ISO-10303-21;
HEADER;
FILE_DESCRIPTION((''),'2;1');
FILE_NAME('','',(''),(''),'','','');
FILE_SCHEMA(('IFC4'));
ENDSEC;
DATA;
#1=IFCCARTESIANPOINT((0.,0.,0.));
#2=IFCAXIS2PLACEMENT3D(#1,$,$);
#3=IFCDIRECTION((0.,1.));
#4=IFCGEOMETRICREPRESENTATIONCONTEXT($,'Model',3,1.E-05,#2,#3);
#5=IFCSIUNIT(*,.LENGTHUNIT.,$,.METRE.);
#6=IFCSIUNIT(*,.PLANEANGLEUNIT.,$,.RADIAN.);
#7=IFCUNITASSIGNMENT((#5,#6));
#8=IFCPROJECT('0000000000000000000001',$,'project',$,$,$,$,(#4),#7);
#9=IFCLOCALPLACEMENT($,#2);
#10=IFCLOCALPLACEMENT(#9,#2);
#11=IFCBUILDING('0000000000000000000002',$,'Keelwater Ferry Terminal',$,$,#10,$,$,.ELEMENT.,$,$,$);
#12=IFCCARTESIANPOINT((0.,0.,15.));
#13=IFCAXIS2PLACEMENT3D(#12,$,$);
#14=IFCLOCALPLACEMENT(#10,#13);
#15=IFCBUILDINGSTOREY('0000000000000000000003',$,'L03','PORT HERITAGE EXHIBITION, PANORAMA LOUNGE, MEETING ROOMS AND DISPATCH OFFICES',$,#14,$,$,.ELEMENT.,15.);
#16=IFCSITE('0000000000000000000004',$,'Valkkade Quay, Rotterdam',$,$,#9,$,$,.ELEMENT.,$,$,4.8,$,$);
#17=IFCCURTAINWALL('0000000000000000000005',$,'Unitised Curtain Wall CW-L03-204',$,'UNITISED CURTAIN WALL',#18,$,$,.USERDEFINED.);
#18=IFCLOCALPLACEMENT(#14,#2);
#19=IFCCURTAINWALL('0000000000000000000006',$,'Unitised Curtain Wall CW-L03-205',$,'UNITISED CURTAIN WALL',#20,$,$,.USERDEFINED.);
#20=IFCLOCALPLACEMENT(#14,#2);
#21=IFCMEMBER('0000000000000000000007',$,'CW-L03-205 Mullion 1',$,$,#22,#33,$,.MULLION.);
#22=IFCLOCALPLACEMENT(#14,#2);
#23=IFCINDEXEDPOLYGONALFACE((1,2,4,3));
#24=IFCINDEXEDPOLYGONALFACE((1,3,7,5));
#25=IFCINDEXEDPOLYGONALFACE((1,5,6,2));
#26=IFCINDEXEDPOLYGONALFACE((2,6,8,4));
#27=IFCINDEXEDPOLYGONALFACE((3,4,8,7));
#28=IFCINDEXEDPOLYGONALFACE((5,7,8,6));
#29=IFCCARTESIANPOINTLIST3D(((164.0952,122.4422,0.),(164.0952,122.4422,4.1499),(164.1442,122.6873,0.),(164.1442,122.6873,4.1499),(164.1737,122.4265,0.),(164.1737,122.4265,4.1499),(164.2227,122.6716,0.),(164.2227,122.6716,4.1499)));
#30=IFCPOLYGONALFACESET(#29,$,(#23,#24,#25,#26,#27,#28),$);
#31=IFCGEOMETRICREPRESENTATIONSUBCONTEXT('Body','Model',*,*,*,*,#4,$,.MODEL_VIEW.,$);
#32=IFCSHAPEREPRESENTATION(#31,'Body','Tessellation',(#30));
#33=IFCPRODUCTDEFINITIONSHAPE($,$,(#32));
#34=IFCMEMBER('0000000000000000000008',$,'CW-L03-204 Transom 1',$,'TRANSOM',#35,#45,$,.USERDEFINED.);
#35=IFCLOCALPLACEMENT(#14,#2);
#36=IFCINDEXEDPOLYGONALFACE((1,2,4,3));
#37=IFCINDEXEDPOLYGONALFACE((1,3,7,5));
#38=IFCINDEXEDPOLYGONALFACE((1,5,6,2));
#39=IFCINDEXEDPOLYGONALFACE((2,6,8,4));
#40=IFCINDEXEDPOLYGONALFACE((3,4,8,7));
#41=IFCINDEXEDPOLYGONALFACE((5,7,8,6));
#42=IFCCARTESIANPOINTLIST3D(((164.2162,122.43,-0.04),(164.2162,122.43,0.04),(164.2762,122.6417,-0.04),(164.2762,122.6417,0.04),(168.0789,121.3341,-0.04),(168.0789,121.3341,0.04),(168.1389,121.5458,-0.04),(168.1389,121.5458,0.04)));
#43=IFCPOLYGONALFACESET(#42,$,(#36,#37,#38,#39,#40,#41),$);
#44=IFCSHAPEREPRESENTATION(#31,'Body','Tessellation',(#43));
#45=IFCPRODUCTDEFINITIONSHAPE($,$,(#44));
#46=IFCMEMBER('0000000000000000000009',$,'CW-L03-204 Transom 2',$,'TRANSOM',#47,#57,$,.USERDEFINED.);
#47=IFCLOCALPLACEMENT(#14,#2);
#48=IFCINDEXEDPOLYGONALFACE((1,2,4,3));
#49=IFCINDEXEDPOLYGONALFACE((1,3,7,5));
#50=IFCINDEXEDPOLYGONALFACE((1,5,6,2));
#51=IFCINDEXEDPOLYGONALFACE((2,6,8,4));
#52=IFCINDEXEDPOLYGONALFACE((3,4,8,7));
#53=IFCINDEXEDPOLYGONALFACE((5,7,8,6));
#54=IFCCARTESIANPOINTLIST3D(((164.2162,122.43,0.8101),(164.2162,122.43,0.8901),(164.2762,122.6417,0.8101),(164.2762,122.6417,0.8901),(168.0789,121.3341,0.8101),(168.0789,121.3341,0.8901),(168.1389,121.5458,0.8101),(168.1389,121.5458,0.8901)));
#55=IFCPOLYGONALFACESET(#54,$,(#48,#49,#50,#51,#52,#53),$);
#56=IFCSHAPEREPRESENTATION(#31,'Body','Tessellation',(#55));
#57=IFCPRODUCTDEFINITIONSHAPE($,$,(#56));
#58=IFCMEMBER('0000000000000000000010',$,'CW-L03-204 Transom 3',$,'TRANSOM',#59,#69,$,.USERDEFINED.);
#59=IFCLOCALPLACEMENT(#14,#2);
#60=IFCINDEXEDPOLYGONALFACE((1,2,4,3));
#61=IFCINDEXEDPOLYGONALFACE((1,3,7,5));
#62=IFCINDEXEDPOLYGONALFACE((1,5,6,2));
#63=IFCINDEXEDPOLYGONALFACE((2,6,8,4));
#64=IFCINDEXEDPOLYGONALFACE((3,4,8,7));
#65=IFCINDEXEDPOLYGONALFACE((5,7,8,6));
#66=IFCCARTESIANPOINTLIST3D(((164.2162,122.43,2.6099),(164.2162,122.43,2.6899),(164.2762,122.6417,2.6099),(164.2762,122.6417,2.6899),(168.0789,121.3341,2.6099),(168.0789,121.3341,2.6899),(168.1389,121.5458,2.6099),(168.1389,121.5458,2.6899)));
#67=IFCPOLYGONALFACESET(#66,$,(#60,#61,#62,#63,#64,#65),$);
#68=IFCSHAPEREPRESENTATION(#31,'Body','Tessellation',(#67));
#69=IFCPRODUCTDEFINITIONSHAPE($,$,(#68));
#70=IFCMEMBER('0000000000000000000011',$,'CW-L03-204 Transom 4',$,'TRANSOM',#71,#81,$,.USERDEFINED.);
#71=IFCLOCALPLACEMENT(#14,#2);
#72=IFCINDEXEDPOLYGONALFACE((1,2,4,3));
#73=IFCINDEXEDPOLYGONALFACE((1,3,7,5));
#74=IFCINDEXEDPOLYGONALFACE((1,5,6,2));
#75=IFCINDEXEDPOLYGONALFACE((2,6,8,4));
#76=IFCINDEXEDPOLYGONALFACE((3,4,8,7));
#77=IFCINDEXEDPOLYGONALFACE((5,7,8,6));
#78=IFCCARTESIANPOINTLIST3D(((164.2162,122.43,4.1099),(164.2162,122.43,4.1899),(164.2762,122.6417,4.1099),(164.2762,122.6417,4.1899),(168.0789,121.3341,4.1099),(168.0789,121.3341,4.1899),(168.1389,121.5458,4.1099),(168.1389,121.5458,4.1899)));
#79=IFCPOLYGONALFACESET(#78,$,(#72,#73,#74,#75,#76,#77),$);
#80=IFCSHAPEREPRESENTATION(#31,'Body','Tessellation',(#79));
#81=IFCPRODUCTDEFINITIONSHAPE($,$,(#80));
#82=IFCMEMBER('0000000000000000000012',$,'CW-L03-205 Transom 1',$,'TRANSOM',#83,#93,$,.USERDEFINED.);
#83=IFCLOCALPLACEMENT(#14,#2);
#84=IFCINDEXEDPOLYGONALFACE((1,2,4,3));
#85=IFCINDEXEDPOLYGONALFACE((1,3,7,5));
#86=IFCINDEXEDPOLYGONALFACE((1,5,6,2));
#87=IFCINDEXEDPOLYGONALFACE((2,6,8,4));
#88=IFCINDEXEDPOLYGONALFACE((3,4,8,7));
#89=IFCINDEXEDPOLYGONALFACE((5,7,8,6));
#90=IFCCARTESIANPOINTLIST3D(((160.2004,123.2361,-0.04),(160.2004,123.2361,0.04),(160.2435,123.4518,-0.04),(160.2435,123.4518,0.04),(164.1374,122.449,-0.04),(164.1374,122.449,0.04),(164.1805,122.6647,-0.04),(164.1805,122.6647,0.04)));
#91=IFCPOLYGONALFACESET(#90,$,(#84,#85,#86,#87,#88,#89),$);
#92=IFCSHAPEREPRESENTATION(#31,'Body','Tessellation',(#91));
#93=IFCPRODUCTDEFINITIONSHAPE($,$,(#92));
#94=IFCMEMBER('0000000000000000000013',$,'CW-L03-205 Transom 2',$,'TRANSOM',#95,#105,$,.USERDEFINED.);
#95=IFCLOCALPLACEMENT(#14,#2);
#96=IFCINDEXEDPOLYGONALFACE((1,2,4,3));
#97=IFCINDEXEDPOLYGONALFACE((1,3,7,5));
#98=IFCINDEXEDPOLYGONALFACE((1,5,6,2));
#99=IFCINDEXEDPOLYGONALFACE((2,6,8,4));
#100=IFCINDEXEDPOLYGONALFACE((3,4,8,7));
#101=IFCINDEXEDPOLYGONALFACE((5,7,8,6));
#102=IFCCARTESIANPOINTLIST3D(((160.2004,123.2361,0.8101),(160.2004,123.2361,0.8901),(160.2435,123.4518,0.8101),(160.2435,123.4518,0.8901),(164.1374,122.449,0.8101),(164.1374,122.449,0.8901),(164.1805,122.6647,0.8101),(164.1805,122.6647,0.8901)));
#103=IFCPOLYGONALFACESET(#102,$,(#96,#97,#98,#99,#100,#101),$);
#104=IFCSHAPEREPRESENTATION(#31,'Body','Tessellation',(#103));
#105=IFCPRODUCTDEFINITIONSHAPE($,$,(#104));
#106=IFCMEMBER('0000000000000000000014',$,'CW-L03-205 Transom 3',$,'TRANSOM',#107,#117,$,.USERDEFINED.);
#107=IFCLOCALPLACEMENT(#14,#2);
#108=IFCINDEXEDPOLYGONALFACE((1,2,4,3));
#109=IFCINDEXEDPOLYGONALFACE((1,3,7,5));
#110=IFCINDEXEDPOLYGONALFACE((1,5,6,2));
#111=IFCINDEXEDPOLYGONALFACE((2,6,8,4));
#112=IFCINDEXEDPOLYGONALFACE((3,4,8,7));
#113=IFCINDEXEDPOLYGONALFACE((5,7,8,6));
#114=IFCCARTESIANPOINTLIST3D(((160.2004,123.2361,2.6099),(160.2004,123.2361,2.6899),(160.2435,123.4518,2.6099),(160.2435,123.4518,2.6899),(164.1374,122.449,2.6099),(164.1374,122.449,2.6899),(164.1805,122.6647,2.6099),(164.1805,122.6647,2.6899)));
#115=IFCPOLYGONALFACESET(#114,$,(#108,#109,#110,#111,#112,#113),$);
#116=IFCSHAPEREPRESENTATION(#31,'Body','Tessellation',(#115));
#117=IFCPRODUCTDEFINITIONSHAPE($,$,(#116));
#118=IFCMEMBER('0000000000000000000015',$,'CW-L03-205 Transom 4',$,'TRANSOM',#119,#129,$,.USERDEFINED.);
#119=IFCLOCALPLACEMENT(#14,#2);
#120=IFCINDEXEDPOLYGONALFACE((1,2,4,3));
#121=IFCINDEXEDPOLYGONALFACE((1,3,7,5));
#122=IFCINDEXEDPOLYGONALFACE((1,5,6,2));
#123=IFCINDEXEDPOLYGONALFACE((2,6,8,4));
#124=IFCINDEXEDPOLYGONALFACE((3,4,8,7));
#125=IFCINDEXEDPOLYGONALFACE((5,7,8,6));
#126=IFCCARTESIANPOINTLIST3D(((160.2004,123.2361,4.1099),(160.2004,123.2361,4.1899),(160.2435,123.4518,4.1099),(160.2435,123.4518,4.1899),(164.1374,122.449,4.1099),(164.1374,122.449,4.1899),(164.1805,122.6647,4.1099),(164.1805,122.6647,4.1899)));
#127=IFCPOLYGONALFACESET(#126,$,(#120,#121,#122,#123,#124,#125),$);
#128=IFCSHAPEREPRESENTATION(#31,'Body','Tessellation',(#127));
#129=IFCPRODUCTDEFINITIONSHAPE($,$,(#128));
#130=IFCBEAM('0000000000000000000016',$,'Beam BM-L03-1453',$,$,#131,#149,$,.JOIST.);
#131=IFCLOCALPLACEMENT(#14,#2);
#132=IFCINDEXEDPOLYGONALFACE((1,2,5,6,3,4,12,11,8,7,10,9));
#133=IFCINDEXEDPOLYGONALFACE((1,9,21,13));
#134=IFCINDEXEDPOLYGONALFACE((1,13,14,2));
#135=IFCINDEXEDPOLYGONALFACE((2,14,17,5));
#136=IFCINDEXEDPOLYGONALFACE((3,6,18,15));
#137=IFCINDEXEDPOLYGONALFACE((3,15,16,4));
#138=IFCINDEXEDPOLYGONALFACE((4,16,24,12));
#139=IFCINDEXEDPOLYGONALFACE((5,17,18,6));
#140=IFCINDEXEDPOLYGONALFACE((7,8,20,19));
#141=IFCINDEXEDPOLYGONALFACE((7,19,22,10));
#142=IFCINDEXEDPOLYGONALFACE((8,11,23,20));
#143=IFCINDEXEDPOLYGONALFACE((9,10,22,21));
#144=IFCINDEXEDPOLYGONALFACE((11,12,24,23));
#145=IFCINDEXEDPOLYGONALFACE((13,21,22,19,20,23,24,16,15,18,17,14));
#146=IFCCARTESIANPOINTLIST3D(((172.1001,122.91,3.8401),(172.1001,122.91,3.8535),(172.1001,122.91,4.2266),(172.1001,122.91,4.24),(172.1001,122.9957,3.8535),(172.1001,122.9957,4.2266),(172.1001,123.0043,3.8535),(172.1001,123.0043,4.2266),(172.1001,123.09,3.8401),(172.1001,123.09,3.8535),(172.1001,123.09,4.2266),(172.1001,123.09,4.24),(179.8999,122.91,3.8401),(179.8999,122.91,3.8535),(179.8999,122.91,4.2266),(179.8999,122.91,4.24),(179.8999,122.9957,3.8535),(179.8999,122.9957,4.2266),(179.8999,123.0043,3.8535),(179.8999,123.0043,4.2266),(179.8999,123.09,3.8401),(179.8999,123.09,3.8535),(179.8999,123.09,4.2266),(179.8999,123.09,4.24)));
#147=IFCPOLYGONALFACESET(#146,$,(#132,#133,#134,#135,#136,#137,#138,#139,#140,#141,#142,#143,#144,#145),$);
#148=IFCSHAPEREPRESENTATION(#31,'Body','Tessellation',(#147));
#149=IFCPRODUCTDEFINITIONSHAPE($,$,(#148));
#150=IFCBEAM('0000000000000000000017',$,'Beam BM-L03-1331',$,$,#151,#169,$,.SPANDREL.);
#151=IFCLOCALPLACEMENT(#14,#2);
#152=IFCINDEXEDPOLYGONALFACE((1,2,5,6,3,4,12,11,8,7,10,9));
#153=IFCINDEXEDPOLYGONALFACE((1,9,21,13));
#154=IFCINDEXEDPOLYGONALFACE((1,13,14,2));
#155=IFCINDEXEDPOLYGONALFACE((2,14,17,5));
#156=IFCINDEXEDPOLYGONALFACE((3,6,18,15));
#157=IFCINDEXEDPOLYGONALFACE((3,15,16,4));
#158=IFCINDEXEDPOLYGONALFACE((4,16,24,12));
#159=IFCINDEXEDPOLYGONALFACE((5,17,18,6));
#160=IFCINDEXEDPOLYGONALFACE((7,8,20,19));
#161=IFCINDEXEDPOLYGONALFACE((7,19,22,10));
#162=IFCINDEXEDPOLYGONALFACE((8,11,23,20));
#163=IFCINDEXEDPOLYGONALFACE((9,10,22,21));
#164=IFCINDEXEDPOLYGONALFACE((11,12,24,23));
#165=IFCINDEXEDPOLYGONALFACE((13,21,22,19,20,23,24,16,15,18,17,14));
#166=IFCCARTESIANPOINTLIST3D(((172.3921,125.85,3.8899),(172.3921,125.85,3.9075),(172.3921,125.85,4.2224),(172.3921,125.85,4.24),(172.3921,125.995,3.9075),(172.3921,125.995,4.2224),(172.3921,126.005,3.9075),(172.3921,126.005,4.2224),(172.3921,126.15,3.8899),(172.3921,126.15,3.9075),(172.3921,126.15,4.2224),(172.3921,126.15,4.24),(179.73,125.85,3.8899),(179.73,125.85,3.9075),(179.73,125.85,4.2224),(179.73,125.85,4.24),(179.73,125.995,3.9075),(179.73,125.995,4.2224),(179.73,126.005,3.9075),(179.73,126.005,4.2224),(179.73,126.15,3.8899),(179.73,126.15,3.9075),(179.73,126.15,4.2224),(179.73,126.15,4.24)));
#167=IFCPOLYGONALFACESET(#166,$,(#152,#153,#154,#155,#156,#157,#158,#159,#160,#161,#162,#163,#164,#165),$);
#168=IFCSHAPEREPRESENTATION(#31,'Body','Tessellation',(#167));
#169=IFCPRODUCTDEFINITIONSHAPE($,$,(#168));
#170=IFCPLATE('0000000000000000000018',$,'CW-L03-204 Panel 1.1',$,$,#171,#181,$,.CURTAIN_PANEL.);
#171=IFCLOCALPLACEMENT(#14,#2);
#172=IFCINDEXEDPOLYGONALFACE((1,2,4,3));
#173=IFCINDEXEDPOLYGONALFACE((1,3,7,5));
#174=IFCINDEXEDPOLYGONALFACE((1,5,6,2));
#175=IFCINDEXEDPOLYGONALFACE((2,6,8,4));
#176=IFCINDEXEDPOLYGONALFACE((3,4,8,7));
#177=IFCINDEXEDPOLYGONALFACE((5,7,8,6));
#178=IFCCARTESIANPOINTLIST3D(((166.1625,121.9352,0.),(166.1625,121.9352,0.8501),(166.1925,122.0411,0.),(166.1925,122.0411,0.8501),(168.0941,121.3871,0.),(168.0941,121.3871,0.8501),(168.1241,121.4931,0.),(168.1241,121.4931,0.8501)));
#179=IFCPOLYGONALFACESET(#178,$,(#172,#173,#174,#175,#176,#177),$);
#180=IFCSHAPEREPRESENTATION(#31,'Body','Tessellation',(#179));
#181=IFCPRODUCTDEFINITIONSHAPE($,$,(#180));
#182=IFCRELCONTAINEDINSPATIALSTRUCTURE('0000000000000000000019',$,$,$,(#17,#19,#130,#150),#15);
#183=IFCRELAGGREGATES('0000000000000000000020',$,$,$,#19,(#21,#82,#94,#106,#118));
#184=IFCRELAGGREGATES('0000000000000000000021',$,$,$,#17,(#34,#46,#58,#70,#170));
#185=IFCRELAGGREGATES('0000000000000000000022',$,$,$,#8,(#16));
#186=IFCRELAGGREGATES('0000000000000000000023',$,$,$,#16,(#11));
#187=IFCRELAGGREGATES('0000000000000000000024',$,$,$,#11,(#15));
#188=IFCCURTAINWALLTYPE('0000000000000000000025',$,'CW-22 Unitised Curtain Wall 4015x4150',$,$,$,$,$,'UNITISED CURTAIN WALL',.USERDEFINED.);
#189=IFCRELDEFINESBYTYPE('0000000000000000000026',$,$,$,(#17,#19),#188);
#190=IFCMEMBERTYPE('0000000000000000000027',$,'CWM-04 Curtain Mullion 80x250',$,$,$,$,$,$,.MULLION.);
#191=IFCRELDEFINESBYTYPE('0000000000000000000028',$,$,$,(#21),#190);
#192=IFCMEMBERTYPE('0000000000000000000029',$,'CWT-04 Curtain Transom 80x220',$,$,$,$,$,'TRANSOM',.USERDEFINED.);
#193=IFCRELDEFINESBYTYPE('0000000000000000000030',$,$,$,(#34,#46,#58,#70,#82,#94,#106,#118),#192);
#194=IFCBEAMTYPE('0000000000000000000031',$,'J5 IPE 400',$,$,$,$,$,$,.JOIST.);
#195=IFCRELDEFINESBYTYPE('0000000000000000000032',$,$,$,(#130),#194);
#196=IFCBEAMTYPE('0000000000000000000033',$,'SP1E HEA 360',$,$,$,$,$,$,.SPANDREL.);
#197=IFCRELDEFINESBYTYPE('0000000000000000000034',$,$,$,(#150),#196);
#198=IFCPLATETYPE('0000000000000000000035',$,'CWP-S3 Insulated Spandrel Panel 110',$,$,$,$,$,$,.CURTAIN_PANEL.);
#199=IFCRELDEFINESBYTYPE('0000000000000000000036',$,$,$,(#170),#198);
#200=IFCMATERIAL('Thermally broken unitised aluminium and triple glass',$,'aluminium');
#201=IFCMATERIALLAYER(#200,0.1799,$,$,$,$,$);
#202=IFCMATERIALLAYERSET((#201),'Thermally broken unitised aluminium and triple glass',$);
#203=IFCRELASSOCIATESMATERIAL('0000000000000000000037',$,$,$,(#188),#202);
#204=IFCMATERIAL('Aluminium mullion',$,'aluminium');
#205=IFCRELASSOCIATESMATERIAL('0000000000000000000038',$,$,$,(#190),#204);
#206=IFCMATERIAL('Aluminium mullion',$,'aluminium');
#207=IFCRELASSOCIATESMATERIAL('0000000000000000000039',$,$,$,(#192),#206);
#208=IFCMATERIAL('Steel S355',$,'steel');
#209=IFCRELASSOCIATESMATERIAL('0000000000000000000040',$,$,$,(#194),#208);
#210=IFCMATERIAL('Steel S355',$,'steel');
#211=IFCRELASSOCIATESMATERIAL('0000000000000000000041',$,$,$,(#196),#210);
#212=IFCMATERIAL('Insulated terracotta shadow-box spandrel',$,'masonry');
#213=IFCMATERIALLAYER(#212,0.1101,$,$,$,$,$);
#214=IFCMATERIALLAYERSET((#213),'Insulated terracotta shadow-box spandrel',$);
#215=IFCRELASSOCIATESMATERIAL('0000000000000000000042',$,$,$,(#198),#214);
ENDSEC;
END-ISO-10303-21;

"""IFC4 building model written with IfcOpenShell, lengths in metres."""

from ifc_helpers import new_model, si_unit, direction, frame, origin, origin_2d, place, context, subcontext, project, spatial, rectangle, i_section, extrude, material, layer, layer_set, material_profile, profile_set, type_object, element, aggregate, save


model = new_model("IFC4")

# Units and contexts
model_context = context("Model", 3, precision=1e-05, world=origin(), true_north=direction((0.0, 1.0)))
body_context = subcontext(model_context, "Body", "Model", "MODEL_VIEW")
ifc_project = project(units=[si_unit("LENGTHUNIT", "METRE"), si_unit("PLANEANGLEUNIT", "RADIAN")], contexts=[model_context])

# Site, building, storey
site_placement = place(None, origin())
site = spatial("IfcSite", under=ifc_project, at=site_placement, Name="Valkkade Quay, Rotterdam", CompositionType="ELEMENT", RefElevation=4.8)
building_placement = place(site_placement, origin())
building = spatial("IfcBuilding", under=site, at=building_placement, Name="Keelwater Ferry Terminal", CompositionType="ELEMENT")
storey_placement = place(building_placement, frame((0.0, 0.0, 15.0)))
storey = spatial("IfcBuildingStorey", under=building, at=storey_placement, Name="L03", Description="PORT HERITAGE EXHIBITION, PANORAMA LOUNGE, MEETING ROOMS AND DISPATCH OFFICES", CompositionType="ELEMENT", Elevation=15.0)

# Shared definitions
ifc_material_1 = material(Name="Thermally broken unitised aluminium and triple glass", Category="aluminium")
ifc_layer_1 = layer(ifc_material_1, 0.1799)
ifc_layer_set_1 = layer_set([ifc_layer_1], Name="Thermally broken unitised aluminium and triple glass")
curtain_wall_type = type_object("IfcCurtainWallType", Name="CW-22 Unitised Curtain Wall 4015x4150", ElementType="UNITISED CURTAIN WALL", PredefinedType="USERDEFINED", material=ifc_layer_set_1)
ifc_material_2 = material(Name="Aluminium mullion", Category="aluminium")
ifc_material_profile_1 = material_profile(ifc_material_2, rectangle(XDim=0.0801, YDim=0.25, at=origin_2d()), Name="CWM-04")
ifc_profile_set_1 = profile_set([ifc_material_profile_1], Name="Aluminium mullion")
member_type_1 = type_object("IfcMemberType", Name="CWM-04 Curtain Mullion 80x250", PredefinedType="MULLION", material=ifc_profile_set_1)

# Curtain wall
curtain_wall_1_placement = place(storey_placement, origin())
curtain_wall_1 = element("IfcCurtainWall", 1, at=curtain_wall_1_placement, inside=storey, type_object=curtain_wall_type, Name="Unitised Curtain Wall CW-L03-204", ObjectType="UNITISED CURTAIN WALL", PredefinedType="USERDEFINED")

# Curtain wall, member
curtain_wall_2_placement = place(storey_placement, origin())
curtain_wall_2 = element("IfcCurtainWall", 2, at=curtain_wall_2_placement, inside=storey, type_object=curtain_wall_type, Name="Unitised Curtain Wall CW-L03-205", ObjectType="UNITISED CURTAIN WALL", PredefinedType="USERDEFINED")
member_1_placement = place(storey_placement, frame((164.1589, 122.5569, 0.0), z_axis=(0.0, 0.0, 1.0), x_axis=(-0.9806, 0.19602, 0.0)))
member_1 = element("IfcMember", 3, at=member_1_placement, type_object=member_type_1, Name="CW-L03-205 Mullion 1", PredefinedType="MULLION", context=body_context, shape_type="SweptSolid", body=[
    extrude(rectangle(XDim=0.0801, YDim=0.25, at=origin_2d()), origin(), (0.0, 0.0, 1.0), 4.1499),
])

# Members
ifc_material_3 = material(Name="Aluminium mullion", Category="aluminium")
ifc_material_profile_2 = material_profile(ifc_material_3, rectangle(XDim=0.22, YDim=0.0801, at=origin_2d()), Name="CWT-04")
ifc_profile_set_2 = profile_set([ifc_material_profile_2], Name="Aluminium mullion")
member_type_2 = type_object("IfcMemberType", Name="CWT-04 Curtain Transom 80x220", ElementType="TRANSOM", PredefinedType="USERDEFINED", material=ifc_profile_set_2)
member_2_placement = place(storey_placement, frame((168.1089, 121.4399, 0.0), z_axis=(-0.962029, 0.272946, 0.0), x_axis=(-0.272946, -0.962029, 0.0)))
member_2 = element("IfcMember", 4, at=member_2_placement, type_object=member_type_2, Name="CW-L03-204 Transom 1", ObjectType="TRANSOM", PredefinedType="USERDEFINED", context=body_context, shape_type="SweptSolid", body=[
    extrude(rectangle(XDim=0.22, YDim=0.0801, at=origin_2d()), origin(), (0.0, 0.0, 1.0), 4.0151),
])
member_3_placement = place(storey_placement, frame((168.1089, 121.4399, 0.8501), z_axis=(-0.962029, 0.272946, 0.0), x_axis=(-0.272946, -0.962029, 0.0)))
member_3 = element("IfcMember", 5, at=member_3_placement, type_object=member_type_2, Name="CW-L03-204 Transom 2", ObjectType="TRANSOM", PredefinedType="USERDEFINED", context=body_context, shape_type="SweptSolid", body=[
    extrude(rectangle(XDim=0.22, YDim=0.0801, at=origin_2d()), origin(), (0.0, 0.0, 1.0), 4.0151),
])
member_4_placement = place(storey_placement, frame((168.1089, 121.4399, 2.6499), z_axis=(-0.962029, 0.272946, 0.0), x_axis=(-0.272946, -0.962029, 0.0)))
member_4 = element("IfcMember", 6, at=member_4_placement, type_object=member_type_2, Name="CW-L03-204 Transom 3", ObjectType="TRANSOM", PredefinedType="USERDEFINED", context=body_context, shape_type="SweptSolid", body=[
    extrude(rectangle(XDim=0.22, YDim=0.0801, at=origin_2d()), origin(), (0.0, 0.0, 1.0), 4.0151),
])
member_5_placement = place(storey_placement, frame((168.1089, 121.4399, 4.1499), z_axis=(-0.962029, 0.272946, 0.0), x_axis=(-0.272946, -0.962029, 0.0)))
member_5 = element("IfcMember", 7, at=member_5_placement, type_object=member_type_2, Name="CW-L03-204 Transom 4", ObjectType="TRANSOM", PredefinedType="USERDEFINED", context=body_context, shape_type="SweptSolid", body=[
    extrude(rectangle(XDim=0.22, YDim=0.0801, at=origin_2d()), origin(), (0.0, 0.0, 1.0), 4.0151),
])
member_6_placement = place(storey_placement, frame((164.1589, 122.5569, 0.0), z_axis=(-0.980595, 0.196046, 0.0), x_axis=(-0.196046, -0.980595, 0.0)))
member_6 = element("IfcMember", 8, at=member_6_placement, type_object=member_type_2, Name="CW-L03-205 Transom 1", ObjectType="TRANSOM", PredefinedType="USERDEFINED", context=body_context, shape_type="SweptSolid", body=[
    extrude(rectangle(XDim=0.22, YDim=0.0801, at=origin_2d()), origin(), (0.0, 0.0, 1.0), 4.0149),
])
member_7_placement = place(storey_placement, frame((164.1589, 122.5569, 0.8501), z_axis=(-0.980595, 0.196046, 0.0), x_axis=(-0.196046, -0.980595, 0.0)))
member_7 = element("IfcMember", 9, at=member_7_placement, type_object=member_type_2, Name="CW-L03-205 Transom 2", ObjectType="TRANSOM", PredefinedType="USERDEFINED", context=body_context, shape_type="SweptSolid", body=[
    extrude(rectangle(XDim=0.22, YDim=0.0801, at=origin_2d()), origin(), (0.0, 0.0, 1.0), 4.0149),
])
member_8_placement = place(storey_placement, frame((164.1589, 122.5569, 2.6499), z_axis=(-0.980595, 0.196046, 0.0), x_axis=(-0.196046, -0.980595, 0.0)))
member_8 = element("IfcMember", 10, at=member_8_placement, type_object=member_type_2, Name="CW-L03-205 Transom 3", ObjectType="TRANSOM", PredefinedType="USERDEFINED", context=body_context, shape_type="SweptSolid", body=[
    extrude(rectangle(XDim=0.22, YDim=0.0801, at=origin_2d()), origin(), (0.0, 0.0, 1.0), 4.0149),
])
member_9_placement = place(storey_placement, frame((164.1589, 122.5569, 4.1499), z_axis=(-0.980595, 0.196046, 0.0), x_axis=(-0.196046, -0.980595, 0.0)))
member_9 = element("IfcMember", 11, at=member_9_placement, type_object=member_type_2, Name="CW-L03-205 Transom 4", ObjectType="TRANSOM", PredefinedType="USERDEFINED", context=body_context, shape_type="SweptSolid", body=[
    extrude(rectangle(XDim=0.22, YDim=0.0801, at=origin_2d()), origin(), (0.0, 0.0, 1.0), 4.0149),
])
aggregate(curtain_wall_2, [member_1, member_6, member_7, member_8, member_9])

# Beams
ifc_material_4 = material(Name="Steel S355", Category="steel")
ifc_material_profile_3 = material_profile(ifc_material_4, i_section(OverallWidth=0.1799, OverallDepth=0.3999, WebThickness=0.0085, FlangeThickness=0.0134, at=origin_2d()), Name="IPE 400")
ifc_profile_set_3 = profile_set([ifc_material_profile_3], Name="Steel S355")
beam_type_1 = type_object("IfcBeamType", Name="J5 IPE 400", PredefinedType="JOIST", material=ifc_profile_set_3)
beam_1_placement = place(storey_placement, frame((172.1001, 123.0, 4.04), z_axis=(1.0, 0.0, 0.0), x_axis=(0.0, 1.0, 0.0)))
element("IfcBeam", 12, at=beam_1_placement, inside=storey, type_object=beam_type_1, Name="Beam BM-L03-1453", PredefinedType="JOIST", context=body_context, shape_type="SweptSolid", body=[
    extrude(i_section(OverallWidth=0.1799, OverallDepth=0.3999, WebThickness=0.0085, FlangeThickness=0.0134, at=origin_2d()), origin(), (0.0, 0.0, 1.0), 7.7998),
])
ifc_material_5 = material(Name="Steel S355", Category="steel")
ifc_material_profile_4 = material_profile(ifc_material_5, i_section(OverallWidth=0.3, OverallDepth=0.3501, WebThickness=0.01, FlangeThickness=0.0176, at=origin_2d()), Name="HEA 360")
ifc_profile_set_4 = profile_set([ifc_material_profile_4], Name="Steel S355")
beam_type_2 = type_object("IfcBeamType", Name="SP1E HEA 360", PredefinedType="SPANDREL", material=ifc_profile_set_4)
beam_2_placement = place(storey_placement, frame((172.3921, 126.0, 4.0649), z_axis=(1.0, 0.0, 0.0), x_axis=(0.0, 1.0, 0.0)))
element("IfcBeam", 13, at=beam_2_placement, inside=storey, type_object=beam_type_2, Name="Beam BM-L03-1331", PredefinedType="SPANDREL", context=body_context, shape_type="SweptSolid", body=[
    extrude(i_section(OverallWidth=0.3, OverallDepth=0.3501, WebThickness=0.01, FlangeThickness=0.0176, at=origin_2d()), origin(), (0.0, 0.0, 1.0), 7.3379),
])

# Plate
ifc_material_6 = material(Name="Insulated terracotta shadow-box spandrel", Category="masonry")
ifc_layer_2 = layer(ifc_material_6, 0.1101)
ifc_layer_set_2 = layer_set([ifc_layer_2], Name="Insulated terracotta shadow-box spandrel")
plate_type_1 = type_object("IfcPlateType", Name="CWP-S3 Insulated Spandrel Panel 110", PredefinedType="CURTAIN_PANEL", material=ifc_layer_set_2)
plate_1_placement = place(storey_placement, frame((167.1433, 121.7141, 0.0), z_axis=(0.0, 0.0, 1.0), x_axis=(-0.96203, 0.272945, 0.0)))
plate_1 = element("IfcPlate", 14, at=plate_1_placement, type_object=plate_type_1, Name="CW-L03-204 Panel 1.1", PredefinedType="CURTAIN_PANEL", context=body_context, shape_type="SweptSolid", body=[
    extrude(rectangle(XDim=2.0078, YDim=0.1101, at=origin_2d()), origin(), (0.0, 0.0, 1.0), 0.8501),
])
aggregate(curtain_wall_1, [member_2, member_3, member_4, member_5, plate_1])

save(model, "model.ifc")
